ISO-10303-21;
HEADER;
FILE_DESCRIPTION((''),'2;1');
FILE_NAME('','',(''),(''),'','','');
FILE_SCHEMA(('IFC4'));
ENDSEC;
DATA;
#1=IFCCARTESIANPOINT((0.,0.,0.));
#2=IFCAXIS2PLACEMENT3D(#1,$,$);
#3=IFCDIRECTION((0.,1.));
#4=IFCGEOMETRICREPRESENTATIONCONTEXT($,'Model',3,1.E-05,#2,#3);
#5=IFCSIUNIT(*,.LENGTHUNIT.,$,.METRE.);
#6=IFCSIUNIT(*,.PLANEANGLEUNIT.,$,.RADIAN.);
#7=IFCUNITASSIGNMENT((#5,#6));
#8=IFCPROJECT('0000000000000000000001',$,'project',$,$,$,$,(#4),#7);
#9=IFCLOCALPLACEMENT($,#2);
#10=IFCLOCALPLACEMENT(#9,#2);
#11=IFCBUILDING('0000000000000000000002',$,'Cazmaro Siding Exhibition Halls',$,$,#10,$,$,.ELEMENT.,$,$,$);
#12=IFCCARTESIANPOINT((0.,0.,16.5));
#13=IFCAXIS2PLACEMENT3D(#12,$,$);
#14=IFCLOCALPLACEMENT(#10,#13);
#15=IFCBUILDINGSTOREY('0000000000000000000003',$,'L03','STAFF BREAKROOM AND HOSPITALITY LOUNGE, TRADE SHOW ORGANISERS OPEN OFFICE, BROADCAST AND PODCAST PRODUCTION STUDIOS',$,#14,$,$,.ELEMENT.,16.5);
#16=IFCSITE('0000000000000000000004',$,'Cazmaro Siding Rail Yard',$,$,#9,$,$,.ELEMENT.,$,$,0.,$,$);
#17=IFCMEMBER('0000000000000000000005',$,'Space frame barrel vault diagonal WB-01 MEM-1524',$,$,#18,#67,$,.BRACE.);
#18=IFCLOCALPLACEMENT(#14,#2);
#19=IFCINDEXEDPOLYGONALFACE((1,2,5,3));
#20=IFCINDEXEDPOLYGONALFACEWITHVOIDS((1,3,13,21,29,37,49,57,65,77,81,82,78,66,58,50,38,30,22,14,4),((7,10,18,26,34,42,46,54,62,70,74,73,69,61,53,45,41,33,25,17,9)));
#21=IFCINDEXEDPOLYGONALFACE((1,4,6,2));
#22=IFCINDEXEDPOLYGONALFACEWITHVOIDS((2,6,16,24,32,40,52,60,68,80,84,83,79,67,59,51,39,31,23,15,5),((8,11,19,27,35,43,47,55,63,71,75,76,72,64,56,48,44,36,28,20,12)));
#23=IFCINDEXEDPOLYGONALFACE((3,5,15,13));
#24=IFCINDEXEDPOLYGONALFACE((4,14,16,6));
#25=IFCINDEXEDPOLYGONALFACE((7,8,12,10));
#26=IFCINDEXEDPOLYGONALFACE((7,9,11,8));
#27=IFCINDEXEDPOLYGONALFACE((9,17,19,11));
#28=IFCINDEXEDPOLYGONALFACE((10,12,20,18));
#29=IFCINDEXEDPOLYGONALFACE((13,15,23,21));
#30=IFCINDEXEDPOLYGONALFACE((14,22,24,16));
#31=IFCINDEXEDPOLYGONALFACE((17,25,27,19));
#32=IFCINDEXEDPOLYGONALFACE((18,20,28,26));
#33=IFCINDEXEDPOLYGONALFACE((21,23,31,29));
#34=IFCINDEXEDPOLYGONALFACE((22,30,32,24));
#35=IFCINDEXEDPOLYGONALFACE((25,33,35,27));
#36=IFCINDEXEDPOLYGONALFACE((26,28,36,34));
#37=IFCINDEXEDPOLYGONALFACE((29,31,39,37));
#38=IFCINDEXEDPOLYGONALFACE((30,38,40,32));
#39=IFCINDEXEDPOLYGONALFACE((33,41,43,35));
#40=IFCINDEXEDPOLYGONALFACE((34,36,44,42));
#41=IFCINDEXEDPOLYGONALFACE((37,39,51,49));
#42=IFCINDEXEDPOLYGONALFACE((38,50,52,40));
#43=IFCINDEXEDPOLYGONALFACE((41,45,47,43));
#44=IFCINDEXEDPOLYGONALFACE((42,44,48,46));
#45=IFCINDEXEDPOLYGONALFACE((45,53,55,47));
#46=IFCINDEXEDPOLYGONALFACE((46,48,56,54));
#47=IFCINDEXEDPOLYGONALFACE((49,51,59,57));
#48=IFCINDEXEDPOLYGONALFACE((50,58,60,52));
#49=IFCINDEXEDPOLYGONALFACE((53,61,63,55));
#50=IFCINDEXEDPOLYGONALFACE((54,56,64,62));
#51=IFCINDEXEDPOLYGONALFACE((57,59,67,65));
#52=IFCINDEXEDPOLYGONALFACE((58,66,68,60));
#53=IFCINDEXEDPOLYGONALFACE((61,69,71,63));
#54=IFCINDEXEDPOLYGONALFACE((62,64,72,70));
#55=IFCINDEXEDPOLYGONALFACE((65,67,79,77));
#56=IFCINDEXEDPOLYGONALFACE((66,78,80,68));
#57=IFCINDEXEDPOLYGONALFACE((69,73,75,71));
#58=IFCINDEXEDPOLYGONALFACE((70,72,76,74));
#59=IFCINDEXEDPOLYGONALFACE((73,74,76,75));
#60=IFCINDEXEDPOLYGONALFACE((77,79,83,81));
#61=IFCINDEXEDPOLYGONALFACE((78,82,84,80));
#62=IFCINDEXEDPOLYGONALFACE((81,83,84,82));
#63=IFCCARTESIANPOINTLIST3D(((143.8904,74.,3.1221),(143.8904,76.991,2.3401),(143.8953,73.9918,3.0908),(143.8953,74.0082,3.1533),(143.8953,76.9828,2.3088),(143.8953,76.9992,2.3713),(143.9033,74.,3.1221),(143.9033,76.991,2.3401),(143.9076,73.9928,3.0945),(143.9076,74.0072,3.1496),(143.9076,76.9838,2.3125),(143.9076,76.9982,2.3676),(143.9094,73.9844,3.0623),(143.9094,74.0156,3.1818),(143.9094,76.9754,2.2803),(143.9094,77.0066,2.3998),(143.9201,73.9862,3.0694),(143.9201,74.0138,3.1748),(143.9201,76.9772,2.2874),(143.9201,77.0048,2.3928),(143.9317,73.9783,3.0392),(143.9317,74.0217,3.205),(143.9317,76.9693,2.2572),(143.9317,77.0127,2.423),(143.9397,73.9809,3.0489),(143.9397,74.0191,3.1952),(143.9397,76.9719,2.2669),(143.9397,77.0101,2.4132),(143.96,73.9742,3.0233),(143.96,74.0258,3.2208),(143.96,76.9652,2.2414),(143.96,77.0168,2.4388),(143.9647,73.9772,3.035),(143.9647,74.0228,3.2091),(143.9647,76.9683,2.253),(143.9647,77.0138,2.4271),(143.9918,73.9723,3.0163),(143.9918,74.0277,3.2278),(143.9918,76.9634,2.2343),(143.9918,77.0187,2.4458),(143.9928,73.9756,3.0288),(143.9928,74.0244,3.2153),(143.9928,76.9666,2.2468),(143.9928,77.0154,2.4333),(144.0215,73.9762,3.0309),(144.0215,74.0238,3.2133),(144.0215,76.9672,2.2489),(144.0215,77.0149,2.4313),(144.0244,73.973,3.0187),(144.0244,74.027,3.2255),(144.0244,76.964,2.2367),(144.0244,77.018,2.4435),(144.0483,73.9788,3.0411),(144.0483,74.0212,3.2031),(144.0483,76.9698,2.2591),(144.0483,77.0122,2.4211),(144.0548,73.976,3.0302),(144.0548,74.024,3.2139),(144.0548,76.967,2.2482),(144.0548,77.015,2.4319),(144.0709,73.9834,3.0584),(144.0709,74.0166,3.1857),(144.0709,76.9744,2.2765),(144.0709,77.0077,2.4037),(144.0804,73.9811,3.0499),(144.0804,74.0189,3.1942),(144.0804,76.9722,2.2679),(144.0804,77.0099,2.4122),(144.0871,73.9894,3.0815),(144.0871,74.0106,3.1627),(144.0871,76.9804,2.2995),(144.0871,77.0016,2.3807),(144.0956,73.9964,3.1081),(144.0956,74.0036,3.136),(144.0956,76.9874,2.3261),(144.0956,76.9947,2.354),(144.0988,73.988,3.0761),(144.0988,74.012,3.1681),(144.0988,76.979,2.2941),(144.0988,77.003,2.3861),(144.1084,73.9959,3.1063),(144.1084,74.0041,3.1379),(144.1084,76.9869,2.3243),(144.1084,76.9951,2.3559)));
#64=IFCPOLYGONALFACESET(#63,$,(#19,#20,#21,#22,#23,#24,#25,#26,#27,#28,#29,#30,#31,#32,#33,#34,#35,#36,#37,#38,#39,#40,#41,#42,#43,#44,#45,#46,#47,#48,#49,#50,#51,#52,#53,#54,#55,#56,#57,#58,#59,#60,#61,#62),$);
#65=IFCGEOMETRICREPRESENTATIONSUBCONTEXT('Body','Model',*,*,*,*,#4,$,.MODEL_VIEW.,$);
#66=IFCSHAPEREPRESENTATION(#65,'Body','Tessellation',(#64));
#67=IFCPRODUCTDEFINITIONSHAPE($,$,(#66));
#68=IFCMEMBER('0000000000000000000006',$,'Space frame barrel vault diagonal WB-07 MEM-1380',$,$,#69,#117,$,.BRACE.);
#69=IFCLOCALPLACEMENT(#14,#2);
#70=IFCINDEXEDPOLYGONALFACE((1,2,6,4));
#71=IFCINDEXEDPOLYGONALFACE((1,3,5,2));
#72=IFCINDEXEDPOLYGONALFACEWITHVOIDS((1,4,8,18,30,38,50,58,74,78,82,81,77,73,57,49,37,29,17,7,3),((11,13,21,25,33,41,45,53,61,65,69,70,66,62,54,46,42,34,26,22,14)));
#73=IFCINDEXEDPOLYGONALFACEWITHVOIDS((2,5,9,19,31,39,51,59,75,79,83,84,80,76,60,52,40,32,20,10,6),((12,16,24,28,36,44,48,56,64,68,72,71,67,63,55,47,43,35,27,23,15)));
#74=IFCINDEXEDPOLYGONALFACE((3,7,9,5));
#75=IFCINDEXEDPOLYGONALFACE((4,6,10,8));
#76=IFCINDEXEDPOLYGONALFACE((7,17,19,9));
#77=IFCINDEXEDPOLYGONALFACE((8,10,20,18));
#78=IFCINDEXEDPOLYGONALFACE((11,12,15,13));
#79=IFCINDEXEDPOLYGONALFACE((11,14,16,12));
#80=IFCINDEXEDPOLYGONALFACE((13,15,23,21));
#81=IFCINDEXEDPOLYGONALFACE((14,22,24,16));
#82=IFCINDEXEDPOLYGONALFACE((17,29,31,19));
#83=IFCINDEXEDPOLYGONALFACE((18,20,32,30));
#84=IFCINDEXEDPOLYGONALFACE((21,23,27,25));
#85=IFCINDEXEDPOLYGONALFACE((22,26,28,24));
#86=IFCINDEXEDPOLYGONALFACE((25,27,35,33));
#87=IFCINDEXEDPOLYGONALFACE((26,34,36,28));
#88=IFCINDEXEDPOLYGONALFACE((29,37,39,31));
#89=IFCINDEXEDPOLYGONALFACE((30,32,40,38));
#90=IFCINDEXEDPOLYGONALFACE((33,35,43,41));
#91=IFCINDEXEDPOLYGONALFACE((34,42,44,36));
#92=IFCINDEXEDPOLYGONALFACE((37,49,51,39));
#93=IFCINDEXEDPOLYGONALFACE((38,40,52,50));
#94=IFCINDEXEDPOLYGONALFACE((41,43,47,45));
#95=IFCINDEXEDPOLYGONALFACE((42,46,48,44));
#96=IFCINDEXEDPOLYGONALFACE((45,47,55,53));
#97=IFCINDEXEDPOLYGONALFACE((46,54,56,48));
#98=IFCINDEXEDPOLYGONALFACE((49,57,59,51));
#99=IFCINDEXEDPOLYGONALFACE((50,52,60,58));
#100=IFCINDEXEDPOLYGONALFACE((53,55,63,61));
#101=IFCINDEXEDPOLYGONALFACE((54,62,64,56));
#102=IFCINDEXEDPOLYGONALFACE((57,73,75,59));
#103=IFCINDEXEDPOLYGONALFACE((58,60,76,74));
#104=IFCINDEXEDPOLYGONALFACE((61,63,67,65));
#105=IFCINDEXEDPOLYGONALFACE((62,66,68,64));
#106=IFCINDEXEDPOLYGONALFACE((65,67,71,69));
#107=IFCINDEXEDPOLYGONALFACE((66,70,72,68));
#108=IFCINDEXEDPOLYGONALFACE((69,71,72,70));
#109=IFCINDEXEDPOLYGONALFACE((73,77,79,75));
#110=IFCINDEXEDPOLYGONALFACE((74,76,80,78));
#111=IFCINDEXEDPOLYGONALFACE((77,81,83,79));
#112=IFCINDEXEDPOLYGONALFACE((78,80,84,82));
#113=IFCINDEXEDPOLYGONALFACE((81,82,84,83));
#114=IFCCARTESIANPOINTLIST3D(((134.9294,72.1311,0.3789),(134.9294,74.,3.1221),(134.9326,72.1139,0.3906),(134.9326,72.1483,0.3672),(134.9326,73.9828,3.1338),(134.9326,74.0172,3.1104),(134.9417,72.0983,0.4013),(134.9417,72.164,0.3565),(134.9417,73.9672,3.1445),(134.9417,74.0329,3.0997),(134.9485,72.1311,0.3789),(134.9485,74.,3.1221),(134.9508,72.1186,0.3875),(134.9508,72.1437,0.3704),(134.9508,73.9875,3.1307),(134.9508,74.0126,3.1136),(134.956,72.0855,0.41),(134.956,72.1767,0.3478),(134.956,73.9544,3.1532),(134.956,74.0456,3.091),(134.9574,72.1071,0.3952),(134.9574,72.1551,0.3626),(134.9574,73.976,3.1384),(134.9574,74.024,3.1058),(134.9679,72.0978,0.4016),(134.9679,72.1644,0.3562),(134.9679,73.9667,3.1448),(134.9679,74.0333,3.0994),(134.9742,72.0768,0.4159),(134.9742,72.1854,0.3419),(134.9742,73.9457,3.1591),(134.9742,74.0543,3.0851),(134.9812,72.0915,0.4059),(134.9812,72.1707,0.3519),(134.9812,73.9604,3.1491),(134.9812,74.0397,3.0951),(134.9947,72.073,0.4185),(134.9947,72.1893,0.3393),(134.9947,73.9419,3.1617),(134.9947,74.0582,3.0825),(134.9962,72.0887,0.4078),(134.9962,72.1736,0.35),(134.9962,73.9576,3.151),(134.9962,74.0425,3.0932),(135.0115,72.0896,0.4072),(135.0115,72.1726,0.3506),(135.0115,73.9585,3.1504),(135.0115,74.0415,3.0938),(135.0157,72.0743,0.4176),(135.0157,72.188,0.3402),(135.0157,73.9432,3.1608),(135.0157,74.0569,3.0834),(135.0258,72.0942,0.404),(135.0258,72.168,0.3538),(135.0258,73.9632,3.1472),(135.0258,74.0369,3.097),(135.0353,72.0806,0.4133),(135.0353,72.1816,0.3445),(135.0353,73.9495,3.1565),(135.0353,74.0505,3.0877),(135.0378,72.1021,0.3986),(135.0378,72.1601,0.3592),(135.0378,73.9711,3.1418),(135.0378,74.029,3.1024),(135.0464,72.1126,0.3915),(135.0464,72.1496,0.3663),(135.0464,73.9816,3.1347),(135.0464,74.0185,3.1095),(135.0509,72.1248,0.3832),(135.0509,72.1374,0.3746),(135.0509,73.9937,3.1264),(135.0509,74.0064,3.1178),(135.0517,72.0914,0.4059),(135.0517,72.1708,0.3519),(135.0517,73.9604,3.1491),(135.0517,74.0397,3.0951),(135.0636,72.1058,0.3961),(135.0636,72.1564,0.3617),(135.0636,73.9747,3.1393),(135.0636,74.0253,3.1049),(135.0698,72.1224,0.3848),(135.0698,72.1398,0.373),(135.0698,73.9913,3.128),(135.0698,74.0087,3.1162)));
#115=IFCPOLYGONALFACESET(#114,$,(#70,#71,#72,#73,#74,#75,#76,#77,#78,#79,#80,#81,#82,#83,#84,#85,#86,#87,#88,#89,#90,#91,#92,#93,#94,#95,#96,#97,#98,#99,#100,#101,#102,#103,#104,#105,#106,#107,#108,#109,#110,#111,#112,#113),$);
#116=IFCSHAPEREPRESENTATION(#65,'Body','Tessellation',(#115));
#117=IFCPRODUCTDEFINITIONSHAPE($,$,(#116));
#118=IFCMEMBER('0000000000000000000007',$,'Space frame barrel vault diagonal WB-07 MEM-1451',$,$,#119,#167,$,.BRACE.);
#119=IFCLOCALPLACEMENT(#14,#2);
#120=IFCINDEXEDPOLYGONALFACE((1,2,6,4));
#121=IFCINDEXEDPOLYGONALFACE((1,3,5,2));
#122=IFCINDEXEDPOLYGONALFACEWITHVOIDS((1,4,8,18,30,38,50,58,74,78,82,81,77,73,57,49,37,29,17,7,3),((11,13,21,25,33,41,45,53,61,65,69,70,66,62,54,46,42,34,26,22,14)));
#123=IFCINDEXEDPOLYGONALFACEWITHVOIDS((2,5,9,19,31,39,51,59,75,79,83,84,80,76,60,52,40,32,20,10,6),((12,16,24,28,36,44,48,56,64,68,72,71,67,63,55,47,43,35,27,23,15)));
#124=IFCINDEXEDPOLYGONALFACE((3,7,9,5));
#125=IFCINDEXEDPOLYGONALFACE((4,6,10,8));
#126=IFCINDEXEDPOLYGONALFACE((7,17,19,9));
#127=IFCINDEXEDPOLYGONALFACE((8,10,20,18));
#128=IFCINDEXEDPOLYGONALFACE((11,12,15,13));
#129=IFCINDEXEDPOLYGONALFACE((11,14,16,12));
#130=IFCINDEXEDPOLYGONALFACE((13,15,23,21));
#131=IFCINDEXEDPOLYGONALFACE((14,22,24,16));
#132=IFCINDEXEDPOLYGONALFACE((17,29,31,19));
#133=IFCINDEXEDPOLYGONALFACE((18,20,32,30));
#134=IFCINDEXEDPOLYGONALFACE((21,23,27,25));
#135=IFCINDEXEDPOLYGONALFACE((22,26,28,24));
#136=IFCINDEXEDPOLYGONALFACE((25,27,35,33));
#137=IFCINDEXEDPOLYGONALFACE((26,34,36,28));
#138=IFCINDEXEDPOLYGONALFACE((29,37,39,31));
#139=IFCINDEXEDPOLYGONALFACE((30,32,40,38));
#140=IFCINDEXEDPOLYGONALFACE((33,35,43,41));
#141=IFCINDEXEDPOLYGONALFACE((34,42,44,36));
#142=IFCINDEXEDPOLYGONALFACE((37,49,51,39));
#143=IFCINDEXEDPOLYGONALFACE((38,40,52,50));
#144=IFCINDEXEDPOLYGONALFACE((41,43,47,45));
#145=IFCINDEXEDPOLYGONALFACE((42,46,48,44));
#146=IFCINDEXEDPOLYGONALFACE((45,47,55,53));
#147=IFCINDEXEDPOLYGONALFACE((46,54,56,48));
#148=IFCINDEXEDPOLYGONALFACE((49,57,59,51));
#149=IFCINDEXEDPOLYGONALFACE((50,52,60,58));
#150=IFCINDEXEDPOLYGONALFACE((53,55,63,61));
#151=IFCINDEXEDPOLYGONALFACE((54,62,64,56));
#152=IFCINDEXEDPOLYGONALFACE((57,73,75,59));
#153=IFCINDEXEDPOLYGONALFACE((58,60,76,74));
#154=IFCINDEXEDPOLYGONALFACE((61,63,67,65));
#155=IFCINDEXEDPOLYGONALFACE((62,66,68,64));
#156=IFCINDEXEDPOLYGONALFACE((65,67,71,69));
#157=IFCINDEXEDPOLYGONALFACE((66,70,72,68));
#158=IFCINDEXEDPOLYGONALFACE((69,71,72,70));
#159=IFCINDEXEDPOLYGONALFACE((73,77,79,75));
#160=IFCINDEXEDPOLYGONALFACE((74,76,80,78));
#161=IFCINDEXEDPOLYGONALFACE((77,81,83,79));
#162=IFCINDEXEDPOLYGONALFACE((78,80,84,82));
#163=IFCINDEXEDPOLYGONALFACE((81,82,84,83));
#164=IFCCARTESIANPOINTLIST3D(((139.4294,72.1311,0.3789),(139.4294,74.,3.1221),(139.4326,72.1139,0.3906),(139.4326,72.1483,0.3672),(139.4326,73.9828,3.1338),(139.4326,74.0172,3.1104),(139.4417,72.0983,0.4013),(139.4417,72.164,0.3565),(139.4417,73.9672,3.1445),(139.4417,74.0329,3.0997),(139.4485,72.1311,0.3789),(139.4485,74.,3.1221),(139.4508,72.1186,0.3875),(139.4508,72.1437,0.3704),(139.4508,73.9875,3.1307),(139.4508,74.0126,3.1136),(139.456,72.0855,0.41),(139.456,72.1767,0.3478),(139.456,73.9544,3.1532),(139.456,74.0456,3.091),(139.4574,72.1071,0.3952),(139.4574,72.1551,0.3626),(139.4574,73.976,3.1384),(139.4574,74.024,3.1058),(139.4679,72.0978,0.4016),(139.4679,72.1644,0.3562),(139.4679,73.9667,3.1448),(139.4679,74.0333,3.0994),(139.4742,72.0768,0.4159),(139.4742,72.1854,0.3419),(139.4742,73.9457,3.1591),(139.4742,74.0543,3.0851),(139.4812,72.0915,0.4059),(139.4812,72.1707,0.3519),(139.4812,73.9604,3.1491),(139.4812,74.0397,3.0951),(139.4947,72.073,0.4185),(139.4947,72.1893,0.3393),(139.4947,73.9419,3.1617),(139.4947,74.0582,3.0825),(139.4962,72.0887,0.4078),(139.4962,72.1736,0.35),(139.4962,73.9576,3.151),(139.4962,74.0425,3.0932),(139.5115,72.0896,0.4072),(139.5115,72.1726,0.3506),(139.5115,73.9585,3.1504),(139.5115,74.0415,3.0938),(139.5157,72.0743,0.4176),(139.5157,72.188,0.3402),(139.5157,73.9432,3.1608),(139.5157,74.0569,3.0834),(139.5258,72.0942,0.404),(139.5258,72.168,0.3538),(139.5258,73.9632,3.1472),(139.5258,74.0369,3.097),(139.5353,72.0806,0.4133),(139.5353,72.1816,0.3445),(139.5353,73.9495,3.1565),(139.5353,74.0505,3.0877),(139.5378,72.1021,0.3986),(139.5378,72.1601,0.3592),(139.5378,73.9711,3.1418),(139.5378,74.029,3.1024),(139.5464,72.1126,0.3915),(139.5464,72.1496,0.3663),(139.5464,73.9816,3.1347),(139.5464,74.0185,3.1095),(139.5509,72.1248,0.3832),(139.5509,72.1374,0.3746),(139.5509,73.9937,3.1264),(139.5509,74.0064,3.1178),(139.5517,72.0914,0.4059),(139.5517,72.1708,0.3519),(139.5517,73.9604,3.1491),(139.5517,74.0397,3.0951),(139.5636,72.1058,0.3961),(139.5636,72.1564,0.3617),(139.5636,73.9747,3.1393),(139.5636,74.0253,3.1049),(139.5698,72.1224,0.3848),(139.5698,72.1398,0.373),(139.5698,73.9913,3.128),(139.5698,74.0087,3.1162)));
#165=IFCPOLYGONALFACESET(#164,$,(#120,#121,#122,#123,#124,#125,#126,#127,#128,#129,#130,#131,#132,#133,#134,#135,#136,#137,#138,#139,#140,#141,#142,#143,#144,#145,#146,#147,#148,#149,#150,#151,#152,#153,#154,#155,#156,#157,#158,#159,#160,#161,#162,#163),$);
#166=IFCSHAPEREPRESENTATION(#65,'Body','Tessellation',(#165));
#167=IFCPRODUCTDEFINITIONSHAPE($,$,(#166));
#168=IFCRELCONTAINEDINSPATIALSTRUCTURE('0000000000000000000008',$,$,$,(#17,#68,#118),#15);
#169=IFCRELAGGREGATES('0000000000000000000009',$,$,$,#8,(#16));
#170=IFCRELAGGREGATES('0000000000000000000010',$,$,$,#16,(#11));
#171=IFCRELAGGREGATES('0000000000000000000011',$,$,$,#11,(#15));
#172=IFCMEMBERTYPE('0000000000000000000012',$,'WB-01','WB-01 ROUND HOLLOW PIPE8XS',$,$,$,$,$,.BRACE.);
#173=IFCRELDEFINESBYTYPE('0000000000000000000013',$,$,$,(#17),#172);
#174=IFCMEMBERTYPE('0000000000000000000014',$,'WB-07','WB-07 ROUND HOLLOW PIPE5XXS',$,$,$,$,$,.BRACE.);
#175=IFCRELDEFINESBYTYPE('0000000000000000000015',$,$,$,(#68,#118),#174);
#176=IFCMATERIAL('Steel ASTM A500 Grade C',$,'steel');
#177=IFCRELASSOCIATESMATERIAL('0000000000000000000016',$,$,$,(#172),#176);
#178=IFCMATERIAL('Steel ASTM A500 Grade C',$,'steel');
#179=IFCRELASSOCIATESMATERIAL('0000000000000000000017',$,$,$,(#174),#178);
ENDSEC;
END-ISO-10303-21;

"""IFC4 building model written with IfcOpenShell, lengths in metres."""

from ifc_helpers import new_model, si_unit, direction, frame, origin, origin_2d, place, context, subcontext, project, spatial, hollow_circle, extrude, material, material_profile, profile_set, type_object, element, save


model = new_model("IFC4")

# Units and contexts
model_context = context("Model", 3, precision=1e-05, world=origin(), true_north=direction((0.0, 1.0)))
body_context = subcontext(model_context, "Body", "Model", "MODEL_VIEW")
ifc_project = project(units=[si_unit("LENGTHUNIT", "METRE"), si_unit("PLANEANGLEUNIT", "RADIAN")], contexts=[model_context])

# Site, building, storey
site_placement = place(None, origin())
site = spatial("IfcSite", under=ifc_project, at=site_placement, Name="Cazmaro Siding Rail Yard", CompositionType="ELEMENT", RefElevation=0.0)
building_placement = place(site_placement, origin())
building = spatial("IfcBuilding", under=site, at=building_placement, Name="Cazmaro Siding Exhibition Halls", CompositionType="ELEMENT")
storey_placement = place(building_placement, frame((0.0, 0.0, 16.5)))
storey = spatial("IfcBuildingStorey", under=building, at=storey_placement, Name="L03", Description="STAFF BREAKROOM AND HOSPITALITY LOUNGE, TRADE SHOW ORGANISERS OPEN OFFICE, BROADCAST AND PODCAST PRODUCTION STUDIOS", CompositionType="ELEMENT", Elevation=16.5)

# Members
ifc_material_1 = material(Name="Steel ASTM A500 Grade C", Category="steel")
ifc_material_profile_1 = material_profile(ifc_material_1, hollow_circle(Radius=0.1096, WallThickness=0.0129, at=origin_2d()), Name="PIPE8XS")
ifc_profile_set_1 = profile_set([ifc_material_profile_1], Name="Steel ASTM A500 Grade C")
member_type_1 = type_object("IfcMemberType", Name="WB-01", Description="WB-01 ROUND HOLLOW PIPE8XS", PredefinedType="BRACE", material=ifc_profile_set_1)
for number, where, z_axis, x_axis, name in (
    (1, (144.0, 74.0, 3.1221), (0.0, 0.96748, -0.252946), (-1.0, 0.0, 0.0), "Space frame barrel vault diagonal WB-01 MEM-1524"),
):
    element("IfcMember", number, at=place(storey_placement, frame(where, z_axis=z_axis, x_axis=x_axis)), inside=storey, type_object=member_type_1, Name=name, PredefinedType="BRACE", context=body_context, shape_type="SweptSolid", body=[
        extrude(hollow_circle(Radius=0.1096, WallThickness=0.0129, at=origin_2d()), origin(), (0.0, 0.0, 1.0), 3.0916),
    ])
ifc_material_2 = material(Name="Steel ASTM A500 Grade C", Category="steel")
ifc_material_profile_2 = material_profile(ifc_material_2, hollow_circle(Radius=0.0706, WallThickness=0.019, at=origin_2d()), Name="PIPE5XXS")
ifc_profile_set_2 = profile_set([ifc_material_profile_2], Name="Steel ASTM A500 Grade C")
member_type_2 = type_object("IfcMemberType", Name="WB-07", Description="WB-07 ROUND HOLLOW PIPE5XXS", PredefinedType="BRACE", material=ifc_profile_set_2)
for number, where, z_axis, x_axis, name in (
    (2, (135.0, 72.1311, 0.3789), (0.0, 0.56304, 0.82643), (-1.0, 0.0, 0.0), "Space frame barrel vault diagonal WB-07 MEM-1380"),
    (3, (139.5, 72.1311, 0.3789), (0.0, 0.56304, 0.82643), (-1.0, 0.0, 0.0), "Space frame barrel vault diagonal WB-07 MEM-1451"),
):
    element("IfcMember", number, at=place(storey_placement, frame(where, z_axis=z_axis, x_axis=x_axis)), inside=storey, type_object=member_type_2, Name=name, PredefinedType="BRACE", context=body_context, shape_type="SweptSolid", body=[
        extrude(hollow_circle(Radius=0.0706, WallThickness=0.019, at=origin_2d()), origin(), (0.0, 0.0, 1.0), 3.3193),
    ])

save(model, "model.ifc")
